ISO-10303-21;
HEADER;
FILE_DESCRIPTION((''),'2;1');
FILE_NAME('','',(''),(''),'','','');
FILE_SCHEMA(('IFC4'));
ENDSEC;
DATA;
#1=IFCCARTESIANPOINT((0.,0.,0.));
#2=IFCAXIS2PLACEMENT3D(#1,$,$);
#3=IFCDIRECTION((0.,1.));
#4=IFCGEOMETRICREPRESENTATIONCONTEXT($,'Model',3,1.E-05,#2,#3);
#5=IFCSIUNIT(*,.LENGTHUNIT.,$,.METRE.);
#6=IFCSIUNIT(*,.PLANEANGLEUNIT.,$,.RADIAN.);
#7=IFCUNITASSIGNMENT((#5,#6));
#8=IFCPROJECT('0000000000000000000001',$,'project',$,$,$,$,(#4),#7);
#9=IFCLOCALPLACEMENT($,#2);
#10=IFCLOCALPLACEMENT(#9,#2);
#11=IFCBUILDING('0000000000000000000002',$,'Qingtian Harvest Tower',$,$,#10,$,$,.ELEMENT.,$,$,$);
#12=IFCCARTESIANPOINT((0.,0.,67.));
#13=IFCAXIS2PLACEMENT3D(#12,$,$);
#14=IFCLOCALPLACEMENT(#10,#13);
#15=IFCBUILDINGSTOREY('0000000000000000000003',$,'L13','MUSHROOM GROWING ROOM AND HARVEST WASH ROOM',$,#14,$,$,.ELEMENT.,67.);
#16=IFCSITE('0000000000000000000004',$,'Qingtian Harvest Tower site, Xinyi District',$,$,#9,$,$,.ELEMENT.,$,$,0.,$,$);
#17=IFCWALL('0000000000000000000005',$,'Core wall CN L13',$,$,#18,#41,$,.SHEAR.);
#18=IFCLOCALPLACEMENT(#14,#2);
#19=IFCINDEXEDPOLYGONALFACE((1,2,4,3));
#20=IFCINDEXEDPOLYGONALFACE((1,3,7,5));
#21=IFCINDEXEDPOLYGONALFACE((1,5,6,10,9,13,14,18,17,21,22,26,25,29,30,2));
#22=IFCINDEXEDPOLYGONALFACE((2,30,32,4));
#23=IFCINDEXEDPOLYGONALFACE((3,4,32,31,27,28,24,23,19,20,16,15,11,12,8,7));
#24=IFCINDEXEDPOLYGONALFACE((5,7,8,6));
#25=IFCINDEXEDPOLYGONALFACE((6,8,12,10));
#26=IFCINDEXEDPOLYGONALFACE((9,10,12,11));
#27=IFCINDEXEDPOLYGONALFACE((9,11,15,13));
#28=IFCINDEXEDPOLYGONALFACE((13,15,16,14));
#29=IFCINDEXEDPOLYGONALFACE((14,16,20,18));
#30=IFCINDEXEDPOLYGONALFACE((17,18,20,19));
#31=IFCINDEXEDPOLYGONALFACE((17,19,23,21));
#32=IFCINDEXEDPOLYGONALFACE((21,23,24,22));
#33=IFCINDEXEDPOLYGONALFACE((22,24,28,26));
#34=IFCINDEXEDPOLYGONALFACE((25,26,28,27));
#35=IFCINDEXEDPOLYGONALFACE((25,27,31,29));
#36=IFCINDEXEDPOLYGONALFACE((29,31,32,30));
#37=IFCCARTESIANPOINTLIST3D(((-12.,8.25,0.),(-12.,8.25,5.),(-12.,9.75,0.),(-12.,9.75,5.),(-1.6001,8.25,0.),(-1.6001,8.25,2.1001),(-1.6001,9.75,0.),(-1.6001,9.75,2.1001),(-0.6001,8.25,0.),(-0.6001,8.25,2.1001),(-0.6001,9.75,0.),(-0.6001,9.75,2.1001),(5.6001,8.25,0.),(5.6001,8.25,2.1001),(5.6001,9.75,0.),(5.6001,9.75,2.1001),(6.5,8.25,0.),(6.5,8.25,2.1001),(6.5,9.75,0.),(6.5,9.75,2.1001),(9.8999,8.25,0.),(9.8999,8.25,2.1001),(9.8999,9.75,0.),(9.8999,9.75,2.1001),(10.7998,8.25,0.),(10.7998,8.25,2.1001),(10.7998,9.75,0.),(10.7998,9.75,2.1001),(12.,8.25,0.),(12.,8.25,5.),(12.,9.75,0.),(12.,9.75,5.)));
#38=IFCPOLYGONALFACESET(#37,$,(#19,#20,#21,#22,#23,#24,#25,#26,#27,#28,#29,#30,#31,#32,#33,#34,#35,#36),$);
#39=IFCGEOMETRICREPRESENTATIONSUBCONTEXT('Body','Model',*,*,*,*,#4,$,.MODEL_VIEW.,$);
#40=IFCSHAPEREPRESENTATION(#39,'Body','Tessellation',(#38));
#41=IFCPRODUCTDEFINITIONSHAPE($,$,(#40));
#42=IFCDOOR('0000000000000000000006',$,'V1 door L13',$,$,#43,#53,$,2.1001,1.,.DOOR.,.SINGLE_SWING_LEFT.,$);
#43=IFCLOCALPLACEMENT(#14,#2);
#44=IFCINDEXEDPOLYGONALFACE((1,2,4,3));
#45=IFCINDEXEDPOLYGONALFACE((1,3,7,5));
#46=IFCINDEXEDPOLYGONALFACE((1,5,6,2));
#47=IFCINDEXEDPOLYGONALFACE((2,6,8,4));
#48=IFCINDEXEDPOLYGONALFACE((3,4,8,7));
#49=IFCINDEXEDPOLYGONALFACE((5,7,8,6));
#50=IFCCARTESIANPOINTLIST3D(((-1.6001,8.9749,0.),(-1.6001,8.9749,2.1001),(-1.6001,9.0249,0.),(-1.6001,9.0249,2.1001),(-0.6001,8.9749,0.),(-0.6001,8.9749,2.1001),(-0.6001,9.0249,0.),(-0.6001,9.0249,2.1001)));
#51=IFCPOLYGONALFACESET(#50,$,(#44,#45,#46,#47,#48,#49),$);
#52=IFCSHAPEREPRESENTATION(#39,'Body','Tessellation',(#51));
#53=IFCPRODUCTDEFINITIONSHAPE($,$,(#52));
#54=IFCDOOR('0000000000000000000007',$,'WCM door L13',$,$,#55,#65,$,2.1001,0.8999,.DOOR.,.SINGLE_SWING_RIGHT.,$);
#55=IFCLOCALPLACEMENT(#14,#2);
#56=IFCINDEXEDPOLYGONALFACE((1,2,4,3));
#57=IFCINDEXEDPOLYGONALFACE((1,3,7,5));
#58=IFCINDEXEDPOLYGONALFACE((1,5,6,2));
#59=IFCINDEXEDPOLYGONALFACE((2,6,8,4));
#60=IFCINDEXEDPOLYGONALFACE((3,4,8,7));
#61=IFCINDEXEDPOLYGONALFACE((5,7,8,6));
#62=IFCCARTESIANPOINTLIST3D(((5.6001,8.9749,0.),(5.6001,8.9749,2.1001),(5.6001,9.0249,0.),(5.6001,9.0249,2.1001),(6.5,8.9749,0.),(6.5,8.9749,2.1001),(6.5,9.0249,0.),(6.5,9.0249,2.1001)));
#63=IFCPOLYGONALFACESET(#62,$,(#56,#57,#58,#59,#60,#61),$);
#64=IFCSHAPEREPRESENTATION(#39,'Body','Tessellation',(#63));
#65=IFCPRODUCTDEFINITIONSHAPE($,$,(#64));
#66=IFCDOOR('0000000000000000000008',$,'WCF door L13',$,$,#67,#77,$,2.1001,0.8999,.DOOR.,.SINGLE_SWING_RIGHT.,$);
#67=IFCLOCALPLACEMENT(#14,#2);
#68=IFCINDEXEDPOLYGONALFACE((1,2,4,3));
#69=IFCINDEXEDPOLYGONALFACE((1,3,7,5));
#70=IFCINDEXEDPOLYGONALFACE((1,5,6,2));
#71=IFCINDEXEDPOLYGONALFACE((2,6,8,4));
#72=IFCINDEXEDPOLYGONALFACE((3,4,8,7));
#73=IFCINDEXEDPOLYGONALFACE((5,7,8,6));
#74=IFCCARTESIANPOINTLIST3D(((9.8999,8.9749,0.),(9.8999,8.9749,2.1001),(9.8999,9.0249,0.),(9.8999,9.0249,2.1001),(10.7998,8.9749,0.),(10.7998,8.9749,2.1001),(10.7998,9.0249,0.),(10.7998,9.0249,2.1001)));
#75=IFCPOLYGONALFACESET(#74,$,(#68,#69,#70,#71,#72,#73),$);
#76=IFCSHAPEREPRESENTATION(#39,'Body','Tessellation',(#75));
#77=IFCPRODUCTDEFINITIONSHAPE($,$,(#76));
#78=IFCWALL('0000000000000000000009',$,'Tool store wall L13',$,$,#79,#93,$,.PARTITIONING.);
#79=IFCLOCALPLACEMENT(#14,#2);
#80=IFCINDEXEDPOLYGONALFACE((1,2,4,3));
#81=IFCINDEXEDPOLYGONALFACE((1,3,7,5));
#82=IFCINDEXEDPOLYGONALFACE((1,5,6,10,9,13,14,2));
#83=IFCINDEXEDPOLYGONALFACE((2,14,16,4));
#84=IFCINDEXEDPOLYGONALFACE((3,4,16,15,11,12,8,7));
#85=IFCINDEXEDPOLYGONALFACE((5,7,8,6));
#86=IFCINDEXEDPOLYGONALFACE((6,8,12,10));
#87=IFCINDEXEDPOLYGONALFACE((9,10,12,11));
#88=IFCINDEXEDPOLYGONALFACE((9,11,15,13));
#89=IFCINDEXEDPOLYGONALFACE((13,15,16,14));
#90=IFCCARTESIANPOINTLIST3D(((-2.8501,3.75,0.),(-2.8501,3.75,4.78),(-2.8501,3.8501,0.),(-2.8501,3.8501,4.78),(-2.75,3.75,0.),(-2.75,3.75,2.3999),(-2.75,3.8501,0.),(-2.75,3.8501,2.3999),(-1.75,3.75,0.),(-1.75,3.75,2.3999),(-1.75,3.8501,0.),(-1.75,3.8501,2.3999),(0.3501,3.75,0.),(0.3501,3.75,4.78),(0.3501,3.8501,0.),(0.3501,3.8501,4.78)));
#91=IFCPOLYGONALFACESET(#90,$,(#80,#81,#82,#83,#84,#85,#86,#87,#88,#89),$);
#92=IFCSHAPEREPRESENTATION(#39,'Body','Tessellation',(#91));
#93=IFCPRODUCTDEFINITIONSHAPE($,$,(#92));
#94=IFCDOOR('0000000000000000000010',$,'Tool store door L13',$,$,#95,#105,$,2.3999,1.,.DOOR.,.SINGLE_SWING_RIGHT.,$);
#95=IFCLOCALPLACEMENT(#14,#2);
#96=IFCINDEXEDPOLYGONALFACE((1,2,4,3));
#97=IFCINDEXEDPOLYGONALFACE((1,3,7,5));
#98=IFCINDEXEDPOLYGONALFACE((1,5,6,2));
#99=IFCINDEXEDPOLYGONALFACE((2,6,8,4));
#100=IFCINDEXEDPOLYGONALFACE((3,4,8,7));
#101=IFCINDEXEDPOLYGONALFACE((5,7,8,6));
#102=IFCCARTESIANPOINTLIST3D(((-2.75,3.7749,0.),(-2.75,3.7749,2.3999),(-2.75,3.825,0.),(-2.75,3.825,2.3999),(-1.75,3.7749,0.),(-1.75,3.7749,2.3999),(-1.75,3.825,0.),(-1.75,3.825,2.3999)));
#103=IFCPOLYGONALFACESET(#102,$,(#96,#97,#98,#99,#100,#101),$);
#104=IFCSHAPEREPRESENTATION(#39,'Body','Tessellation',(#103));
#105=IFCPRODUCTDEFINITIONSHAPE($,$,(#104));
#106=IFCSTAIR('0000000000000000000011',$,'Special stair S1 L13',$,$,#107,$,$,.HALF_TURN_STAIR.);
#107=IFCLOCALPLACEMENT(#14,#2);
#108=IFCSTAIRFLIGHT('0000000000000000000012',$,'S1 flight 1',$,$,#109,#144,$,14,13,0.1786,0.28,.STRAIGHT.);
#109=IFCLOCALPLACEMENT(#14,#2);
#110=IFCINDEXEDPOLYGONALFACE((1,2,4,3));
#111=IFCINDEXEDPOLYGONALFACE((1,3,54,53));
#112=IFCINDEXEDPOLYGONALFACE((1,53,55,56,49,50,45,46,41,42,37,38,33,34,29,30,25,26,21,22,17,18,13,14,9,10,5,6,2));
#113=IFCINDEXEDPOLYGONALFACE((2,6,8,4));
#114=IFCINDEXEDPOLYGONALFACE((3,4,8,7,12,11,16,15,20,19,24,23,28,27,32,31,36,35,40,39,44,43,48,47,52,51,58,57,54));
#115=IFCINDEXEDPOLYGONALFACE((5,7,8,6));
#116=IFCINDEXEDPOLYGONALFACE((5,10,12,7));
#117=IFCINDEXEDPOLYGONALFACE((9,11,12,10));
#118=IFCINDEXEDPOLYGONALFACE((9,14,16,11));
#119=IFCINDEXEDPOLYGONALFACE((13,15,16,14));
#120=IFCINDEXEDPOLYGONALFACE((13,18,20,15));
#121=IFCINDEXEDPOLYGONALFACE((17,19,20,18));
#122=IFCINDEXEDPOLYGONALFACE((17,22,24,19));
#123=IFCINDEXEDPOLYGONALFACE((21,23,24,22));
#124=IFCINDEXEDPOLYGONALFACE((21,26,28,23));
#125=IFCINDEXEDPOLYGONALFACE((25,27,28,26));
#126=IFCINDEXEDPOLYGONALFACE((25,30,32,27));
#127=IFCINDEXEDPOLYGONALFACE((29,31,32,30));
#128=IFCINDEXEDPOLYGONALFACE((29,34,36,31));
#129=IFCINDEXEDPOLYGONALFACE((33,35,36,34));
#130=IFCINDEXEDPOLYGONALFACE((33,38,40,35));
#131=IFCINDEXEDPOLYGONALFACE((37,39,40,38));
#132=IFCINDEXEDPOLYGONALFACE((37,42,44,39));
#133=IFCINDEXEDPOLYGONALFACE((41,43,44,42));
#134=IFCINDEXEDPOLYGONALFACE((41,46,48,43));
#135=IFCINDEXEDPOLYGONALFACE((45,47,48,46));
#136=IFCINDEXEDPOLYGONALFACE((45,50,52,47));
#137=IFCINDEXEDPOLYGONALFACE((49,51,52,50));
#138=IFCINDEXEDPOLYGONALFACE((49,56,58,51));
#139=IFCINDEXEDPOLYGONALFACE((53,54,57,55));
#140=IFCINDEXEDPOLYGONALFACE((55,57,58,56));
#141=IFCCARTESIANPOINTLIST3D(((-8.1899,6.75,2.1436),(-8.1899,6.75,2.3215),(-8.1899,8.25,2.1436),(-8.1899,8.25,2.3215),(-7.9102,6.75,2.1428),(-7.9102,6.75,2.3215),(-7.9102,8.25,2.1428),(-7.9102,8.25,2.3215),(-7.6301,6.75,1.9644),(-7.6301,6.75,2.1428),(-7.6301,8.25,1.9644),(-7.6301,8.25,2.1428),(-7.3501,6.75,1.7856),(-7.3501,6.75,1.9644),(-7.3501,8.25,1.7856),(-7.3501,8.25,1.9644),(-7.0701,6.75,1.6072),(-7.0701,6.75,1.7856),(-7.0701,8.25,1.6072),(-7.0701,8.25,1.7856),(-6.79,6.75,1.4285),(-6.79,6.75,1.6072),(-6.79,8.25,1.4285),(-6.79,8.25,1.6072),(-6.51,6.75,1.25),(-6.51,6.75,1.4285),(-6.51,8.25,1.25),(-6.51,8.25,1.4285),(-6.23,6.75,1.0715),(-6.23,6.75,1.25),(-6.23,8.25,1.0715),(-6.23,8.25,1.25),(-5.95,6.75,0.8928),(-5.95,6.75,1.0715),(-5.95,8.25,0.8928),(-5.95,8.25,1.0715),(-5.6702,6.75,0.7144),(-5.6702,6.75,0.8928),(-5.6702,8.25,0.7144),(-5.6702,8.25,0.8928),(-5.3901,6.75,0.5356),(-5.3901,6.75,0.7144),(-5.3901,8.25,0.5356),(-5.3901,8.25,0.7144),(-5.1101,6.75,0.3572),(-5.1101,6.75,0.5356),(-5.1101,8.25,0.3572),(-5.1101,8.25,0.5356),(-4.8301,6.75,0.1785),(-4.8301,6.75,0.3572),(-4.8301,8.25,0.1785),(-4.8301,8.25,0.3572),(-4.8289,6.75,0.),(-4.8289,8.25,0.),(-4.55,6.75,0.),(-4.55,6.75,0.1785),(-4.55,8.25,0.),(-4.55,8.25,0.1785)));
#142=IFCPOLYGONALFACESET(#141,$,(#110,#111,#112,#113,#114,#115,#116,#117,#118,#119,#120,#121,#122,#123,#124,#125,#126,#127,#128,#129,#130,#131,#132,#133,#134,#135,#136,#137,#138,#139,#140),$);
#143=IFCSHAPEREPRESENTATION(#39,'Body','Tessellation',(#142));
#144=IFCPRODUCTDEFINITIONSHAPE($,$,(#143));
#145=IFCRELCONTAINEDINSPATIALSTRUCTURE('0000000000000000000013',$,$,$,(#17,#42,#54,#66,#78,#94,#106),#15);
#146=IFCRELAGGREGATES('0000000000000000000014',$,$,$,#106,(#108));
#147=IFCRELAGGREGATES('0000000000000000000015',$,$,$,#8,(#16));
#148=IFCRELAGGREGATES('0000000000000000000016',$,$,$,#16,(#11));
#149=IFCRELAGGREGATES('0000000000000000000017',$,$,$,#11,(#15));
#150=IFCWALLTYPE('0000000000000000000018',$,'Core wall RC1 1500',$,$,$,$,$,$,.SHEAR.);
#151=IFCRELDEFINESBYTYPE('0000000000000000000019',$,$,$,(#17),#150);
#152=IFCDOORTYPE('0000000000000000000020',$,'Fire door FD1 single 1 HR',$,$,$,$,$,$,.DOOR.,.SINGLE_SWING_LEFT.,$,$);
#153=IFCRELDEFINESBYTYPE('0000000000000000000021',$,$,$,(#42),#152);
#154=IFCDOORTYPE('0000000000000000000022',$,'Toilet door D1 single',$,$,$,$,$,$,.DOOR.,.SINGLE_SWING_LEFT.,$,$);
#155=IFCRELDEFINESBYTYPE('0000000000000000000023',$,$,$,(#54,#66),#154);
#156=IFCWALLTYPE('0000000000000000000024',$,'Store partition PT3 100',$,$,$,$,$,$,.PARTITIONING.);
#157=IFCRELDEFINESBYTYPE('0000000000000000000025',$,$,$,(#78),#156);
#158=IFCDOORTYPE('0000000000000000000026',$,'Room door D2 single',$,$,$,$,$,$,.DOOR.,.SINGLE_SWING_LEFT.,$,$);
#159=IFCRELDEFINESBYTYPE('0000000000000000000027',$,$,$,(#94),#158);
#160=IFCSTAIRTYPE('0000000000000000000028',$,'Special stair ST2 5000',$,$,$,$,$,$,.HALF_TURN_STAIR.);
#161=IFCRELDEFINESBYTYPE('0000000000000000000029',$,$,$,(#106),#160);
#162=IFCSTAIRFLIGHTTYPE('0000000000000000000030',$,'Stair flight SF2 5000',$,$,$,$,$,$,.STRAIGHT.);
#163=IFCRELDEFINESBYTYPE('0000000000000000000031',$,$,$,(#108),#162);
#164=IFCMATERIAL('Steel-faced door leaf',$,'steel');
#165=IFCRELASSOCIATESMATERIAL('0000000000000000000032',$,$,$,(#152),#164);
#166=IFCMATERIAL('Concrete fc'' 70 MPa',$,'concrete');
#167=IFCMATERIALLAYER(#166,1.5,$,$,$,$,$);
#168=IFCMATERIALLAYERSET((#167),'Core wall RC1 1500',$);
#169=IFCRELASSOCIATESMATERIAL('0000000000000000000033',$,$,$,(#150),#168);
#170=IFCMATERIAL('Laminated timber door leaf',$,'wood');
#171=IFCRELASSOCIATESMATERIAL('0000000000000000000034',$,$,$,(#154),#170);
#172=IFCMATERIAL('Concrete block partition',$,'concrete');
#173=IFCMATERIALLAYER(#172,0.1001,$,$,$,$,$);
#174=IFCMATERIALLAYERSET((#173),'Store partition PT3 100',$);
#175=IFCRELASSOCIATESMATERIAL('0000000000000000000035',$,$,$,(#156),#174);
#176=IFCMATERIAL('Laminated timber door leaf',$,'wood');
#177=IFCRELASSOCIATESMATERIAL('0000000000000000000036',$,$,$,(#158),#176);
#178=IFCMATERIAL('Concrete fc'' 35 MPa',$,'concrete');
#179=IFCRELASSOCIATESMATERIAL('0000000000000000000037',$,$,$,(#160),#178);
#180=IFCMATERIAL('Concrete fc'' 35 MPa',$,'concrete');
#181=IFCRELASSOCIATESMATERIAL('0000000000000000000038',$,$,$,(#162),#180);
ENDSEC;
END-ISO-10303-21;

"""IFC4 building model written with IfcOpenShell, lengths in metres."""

from ifc_helpers import new_model, si_unit, direction, frame, frame_2d, origin, place, context, subcontext, project, spatial, polyline, rectangle, outline, extrude, material, layer, layer_set, type_object, element, fill, aggregate, save


model = new_model("IFC4")

# Units and contexts
model_context = context("Model", 3, precision=1e-05, world=origin(), true_north=direction((0.0, 1.0)))
body_context = subcontext(model_context, "Body", "Model", "MODEL_VIEW")
ifc_project = project(units=[si_unit("LENGTHUNIT", "METRE"), si_unit("PLANEANGLEUNIT", "RADIAN")], contexts=[model_context])

# Site, building, storey
site_placement = place(None, origin())
site = spatial("IfcSite", under=ifc_project, at=site_placement, Name="Qingtian Harvest Tower site, Xinyi District", CompositionType="ELEMENT", RefElevation=0.0)
building_placement = place(site_placement, origin())
building = spatial("IfcBuilding", under=site, at=building_placement, Name="Qingtian Harvest Tower", CompositionType="ELEMENT")
storey_placement = place(building_placement, frame((0.0, 0.0, 67.0)))
storey = spatial("IfcBuildingStorey", under=building, at=storey_placement, Name="L13", Description="MUSHROOM GROWING ROOM AND HARVEST WASH ROOM", CompositionType="ELEMENT", Elevation=67.0)

# Shared definitions
ifc_material_1 = material(Name="Steel-faced door leaf", Category="steel")
door_type_1 = type_object("IfcDoorType", Name="Fire door FD1 single 1 HR", OperationType="SINGLE_SWING_LEFT", PredefinedType="DOOR", material=ifc_material_1)

# Wall, openings, doors
ifc_material_2 = material(Name="Concrete fc' 70 MPa", Category="concrete")
ifc_layer_1 = layer(ifc_material_2, 1.5)
ifc_layer_set_1 = layer_set([ifc_layer_1], Name="Core wall RC1 1500")
wall_type_1 = type_object("IfcWallType", Name="Core wall RC1 1500", PredefinedType="SHEAR", material=ifc_layer_set_1)
wall_1_placement = place(storey_placement, frame((-12.0, 9.0, 0.0), z_axis=(0.0, 0.0, 1.0), x_axis=(1.0, 0.0, 0.0)))
wall_1 = element("IfcWall", 1, at=wall_1_placement, inside=storey, type_object=wall_type_1, Name="Core wall CN L13", PredefinedType="SHEAR", context=body_context, shape_type="SweptSolid", body=[
    extrude(rectangle(XDim=24.0, YDim=1.5, at=frame_2d((12.0, 0.0))), origin(), (0.0, 0.0, 1.0), 5.0),
])
opening_1_placement = place(wall_1_placement, frame((10.3999, 0.0, 0.0)))
opening_1 = element("IfcOpeningElement", 2, at=opening_1_placement, cuts=wall_1, PredefinedType="OPENING", context=body_context, shape_type="SweptSolid", body=[
    extrude(rectangle(XDim=1.0, YDim=2.1001, at=frame_2d((0.5, 1.05))), frame((0.0, 0.76, 0.0), z_axis=(0.0, -1.0, 0.0), x_axis=(1.0, 0.0, 0.0)), (0.0, 0.0, 1.0), 1.52),
])
opening_2_placement = place(wall_1_placement, frame((17.6001, 0.0, 0.0)))
opening_2 = element("IfcOpeningElement", 3, at=opening_2_placement, cuts=wall_1, PredefinedType="OPENING", context=body_context, shape_type="SweptSolid", body=[
    extrude(rectangle(XDim=0.8999, YDim=2.1001, at=frame_2d((0.45, 1.05))), frame((0.0, 0.76, 0.0), z_axis=(0.0, -1.0, 0.0), x_axis=(1.0, 0.0, 0.0)), (0.0, 0.0, 1.0), 1.52),
])
opening_3_placement = place(wall_1_placement, frame((21.8999, 0.0, 0.0)))
opening_3 = element("IfcOpeningElement", 4, at=opening_3_placement, cuts=wall_1, PredefinedType="OPENING", context=body_context, shape_type="SweptSolid", body=[
    extrude(rectangle(XDim=0.8999, YDim=2.1001, at=frame_2d((0.45, 1.05))), frame((0.0, 0.76, 0.0), z_axis=(0.0, -1.0, 0.0), x_axis=(1.0, 0.0, 0.0)), (0.0, 0.0, 1.0), 1.52),
])
door_1_placement = place(opening_1_placement, origin())
door_1 = element("IfcDoor", 5, at=door_1_placement, inside=storey, type_object=door_type_1, Name="V1 door L13", OperationType="SINGLE_SWING_LEFT", OverallHeight=2.1001, OverallWidth=1.0, PredefinedType="DOOR", context=body_context, shape_type="SweptSolid", body=[
    extrude(rectangle(XDim=1.0, YDim=2.1001, at=frame_2d((0.5, 1.05))), frame((0.0, 0.0249, 0.0), z_axis=(0.0, -1.0, 0.0), x_axis=(1.0, 0.0, 0.0)), (0.0, 0.0, 1.0), 0.05),
])
fill(opening_1, door_1)
ifc_material_3 = material(Name="Laminated timber door leaf", Category="wood")
door_type_2 = type_object("IfcDoorType", Name="Toilet door D1 single", OperationType="SINGLE_SWING_LEFT", PredefinedType="DOOR", material=ifc_material_3)
door_2_placement = place(opening_2_placement, origin())
door_2 = element("IfcDoor", 6, at=door_2_placement, inside=storey, type_object=door_type_2, Name="WCM door L13", OperationType="SINGLE_SWING_RIGHT", OverallHeight=2.1001, OverallWidth=0.8999, PredefinedType="DOOR", context=body_context, shape_type="SweptSolid", body=[
    extrude(rectangle(XDim=0.8999, YDim=2.1001, at=frame_2d((0.45, 1.05))), frame((0.0, 0.0249, 0.0), z_axis=(0.0, -1.0, 0.0), x_axis=(1.0, 0.0, 0.0)), (0.0, 0.0, 1.0), 0.05),
])
fill(opening_2, door_2)
door_3_placement = place(opening_3_placement, origin())
door_3 = element("IfcDoor", 7, at=door_3_placement, inside=storey, type_object=door_type_2, Name="WCF door L13", OperationType="SINGLE_SWING_RIGHT", OverallHeight=2.1001, OverallWidth=0.8999, PredefinedType="DOOR", context=body_context, shape_type="SweptSolid", body=[
    extrude(rectangle(XDim=0.8999, YDim=2.1001, at=frame_2d((0.45, 1.05))), frame((0.0, 0.0249, 0.0), z_axis=(0.0, -1.0, 0.0), x_axis=(1.0, 0.0, 0.0)), (0.0, 0.0, 1.0), 0.05),
])
fill(opening_3, door_3)

# Wall, opening, door
ifc_material_4 = material(Name="Concrete block partition", Category="concrete")
ifc_layer_2 = layer(ifc_material_4, 0.1001)
ifc_layer_set_2 = layer_set([ifc_layer_2], Name="Store partition PT3 100")
wall_type_2 = type_object("IfcWallType", Name="Store partition PT3 100", PredefinedType="PARTITIONING", material=ifc_layer_set_2)
wall_2_placement = place(storey_placement, frame((-2.8501, 3.8, 0.0), z_axis=(0.0, 0.0, 1.0), x_axis=(1.0, 0.0, 0.0)))
wall_2 = element("IfcWall", 8, at=wall_2_placement, inside=storey, type_object=wall_type_2, Name="Tool store wall L13", PredefinedType="PARTITIONING", context=body_context, shape_type="SweptSolid", body=[
    extrude(rectangle(XDim=3.2002, YDim=0.1001, at=frame_2d((1.6001, 0.0))), origin(), (0.0, 0.0, 1.0), 4.78),
])
opening_4_placement = place(wall_2_placement, frame((0.1001, 0.0, 0.0)))
opening_4 = element("IfcOpeningElement", 9, at=opening_4_placement, cuts=wall_2, PredefinedType="OPENING", context=body_context, shape_type="SweptSolid", body=[
    extrude(rectangle(XDim=1.0, YDim=2.3999, at=frame_2d((0.5, 1.2))), frame((0.0, 0.0601, 0.0), z_axis=(0.0, -1.0, 0.0), x_axis=(1.0, 0.0, 0.0)), (0.0, 0.0, 1.0), 0.1201),
])
ifc_material_5 = material(Name="Laminated timber door leaf", Category="wood")
door_type_3 = type_object("IfcDoorType", Name="Room door D2 single", OperationType="SINGLE_SWING_LEFT", PredefinedType="DOOR", material=ifc_material_5)
door_4_placement = place(opening_4_placement, origin())
door_4 = element("IfcDoor", 10, at=door_4_placement, inside=storey, type_object=door_type_3, Name="Tool store door L13", OperationType="SINGLE_SWING_RIGHT", OverallHeight=2.3999, OverallWidth=1.0, PredefinedType="DOOR", context=body_context, shape_type="SweptSolid", body=[
    extrude(rectangle(XDim=1.0, YDim=2.3999, at=frame_2d((0.5, 1.2))), frame((0.0, 0.0249, 0.0), z_axis=(0.0, -1.0, 0.0), x_axis=(1.0, 0.0, 0.0)), (0.0, 0.0, 1.0), 0.05),
])
fill(opening_4, door_4)

# Stair, stair flight
ifc_material_6 = material(Name="Concrete fc' 35 MPa", Category="concrete")
stair_type = type_object("IfcStairType", Name="Special stair ST2 5000", PredefinedType="HALF_TURN_STAIR", material=ifc_material_6)
stair_placement = place(storey_placement, origin())
stair = element("IfcStair", 11, at=stair_placement, inside=storey, type_object=stair_type, Name="Special stair S1 L13", PredefinedType="HALF_TURN_STAIR")
ifc_material_7 = material(Name="Concrete fc' 35 MPa", Category="concrete")
stair_flight_type = type_object("IfcStairFlightType", Name="Stair flight SF2 5000", PredefinedType="STRAIGHT", material=ifc_material_7)
stair_flight_1_placement = place(storey_placement, frame((-4.55, 7.5, 0.0), z_axis=(0.0, 0.0, 1.0), x_axis=(-1.0, 0.0, 0.0)))
stair_flight_1 = element("IfcStairFlight", 12, at=stair_flight_1_placement, type_object=stair_flight_type, Name="S1 flight 1", NumberOfRisers=14, NumberOfTreads=13, PredefinedType="STRAIGHT", RiserHeight=0.1786, TreadLength=0.28, context=body_context, shape_type="SweptSolid", body=[
    extrude(outline(polyline([(0.0, 0.0), (0.0, 0.1785), (0.28, 0.1785), (0.28, 0.3572), (0.5601, 0.3572), (0.5601, 0.5356), (0.8401, 0.5356), (0.8401, 0.7144), (1.1201, 0.7144), (1.1201, 0.8928), (1.3999, 0.8928), (1.3999, 1.0715), (1.6799, 1.0715), (1.6799, 1.25), (1.96, 1.25), (1.96, 1.4285), (2.24, 1.4285), (2.24, 1.6072), (2.52, 1.6072), (2.52, 1.7856), (2.8, 1.7856), (2.8, 1.9644), (3.0801, 1.9644), (3.0801, 2.1428), (3.3601, 2.1428), (3.3601, 2.3215), (3.6399, 2.3215), (3.6399, 2.5), (3.6399, 2.1436), (0.2788, 0.0), (0.0, 0.0)])), frame((0.0, 0.75, 0.0), z_axis=(0.0, -1.0, 0.0), x_axis=(1.0, 0.0, 0.0)), (0.0, 0.0, 1.0), 1.5),
])
aggregate(stair, [stair_flight_1])

save(model, "model.ifc")
